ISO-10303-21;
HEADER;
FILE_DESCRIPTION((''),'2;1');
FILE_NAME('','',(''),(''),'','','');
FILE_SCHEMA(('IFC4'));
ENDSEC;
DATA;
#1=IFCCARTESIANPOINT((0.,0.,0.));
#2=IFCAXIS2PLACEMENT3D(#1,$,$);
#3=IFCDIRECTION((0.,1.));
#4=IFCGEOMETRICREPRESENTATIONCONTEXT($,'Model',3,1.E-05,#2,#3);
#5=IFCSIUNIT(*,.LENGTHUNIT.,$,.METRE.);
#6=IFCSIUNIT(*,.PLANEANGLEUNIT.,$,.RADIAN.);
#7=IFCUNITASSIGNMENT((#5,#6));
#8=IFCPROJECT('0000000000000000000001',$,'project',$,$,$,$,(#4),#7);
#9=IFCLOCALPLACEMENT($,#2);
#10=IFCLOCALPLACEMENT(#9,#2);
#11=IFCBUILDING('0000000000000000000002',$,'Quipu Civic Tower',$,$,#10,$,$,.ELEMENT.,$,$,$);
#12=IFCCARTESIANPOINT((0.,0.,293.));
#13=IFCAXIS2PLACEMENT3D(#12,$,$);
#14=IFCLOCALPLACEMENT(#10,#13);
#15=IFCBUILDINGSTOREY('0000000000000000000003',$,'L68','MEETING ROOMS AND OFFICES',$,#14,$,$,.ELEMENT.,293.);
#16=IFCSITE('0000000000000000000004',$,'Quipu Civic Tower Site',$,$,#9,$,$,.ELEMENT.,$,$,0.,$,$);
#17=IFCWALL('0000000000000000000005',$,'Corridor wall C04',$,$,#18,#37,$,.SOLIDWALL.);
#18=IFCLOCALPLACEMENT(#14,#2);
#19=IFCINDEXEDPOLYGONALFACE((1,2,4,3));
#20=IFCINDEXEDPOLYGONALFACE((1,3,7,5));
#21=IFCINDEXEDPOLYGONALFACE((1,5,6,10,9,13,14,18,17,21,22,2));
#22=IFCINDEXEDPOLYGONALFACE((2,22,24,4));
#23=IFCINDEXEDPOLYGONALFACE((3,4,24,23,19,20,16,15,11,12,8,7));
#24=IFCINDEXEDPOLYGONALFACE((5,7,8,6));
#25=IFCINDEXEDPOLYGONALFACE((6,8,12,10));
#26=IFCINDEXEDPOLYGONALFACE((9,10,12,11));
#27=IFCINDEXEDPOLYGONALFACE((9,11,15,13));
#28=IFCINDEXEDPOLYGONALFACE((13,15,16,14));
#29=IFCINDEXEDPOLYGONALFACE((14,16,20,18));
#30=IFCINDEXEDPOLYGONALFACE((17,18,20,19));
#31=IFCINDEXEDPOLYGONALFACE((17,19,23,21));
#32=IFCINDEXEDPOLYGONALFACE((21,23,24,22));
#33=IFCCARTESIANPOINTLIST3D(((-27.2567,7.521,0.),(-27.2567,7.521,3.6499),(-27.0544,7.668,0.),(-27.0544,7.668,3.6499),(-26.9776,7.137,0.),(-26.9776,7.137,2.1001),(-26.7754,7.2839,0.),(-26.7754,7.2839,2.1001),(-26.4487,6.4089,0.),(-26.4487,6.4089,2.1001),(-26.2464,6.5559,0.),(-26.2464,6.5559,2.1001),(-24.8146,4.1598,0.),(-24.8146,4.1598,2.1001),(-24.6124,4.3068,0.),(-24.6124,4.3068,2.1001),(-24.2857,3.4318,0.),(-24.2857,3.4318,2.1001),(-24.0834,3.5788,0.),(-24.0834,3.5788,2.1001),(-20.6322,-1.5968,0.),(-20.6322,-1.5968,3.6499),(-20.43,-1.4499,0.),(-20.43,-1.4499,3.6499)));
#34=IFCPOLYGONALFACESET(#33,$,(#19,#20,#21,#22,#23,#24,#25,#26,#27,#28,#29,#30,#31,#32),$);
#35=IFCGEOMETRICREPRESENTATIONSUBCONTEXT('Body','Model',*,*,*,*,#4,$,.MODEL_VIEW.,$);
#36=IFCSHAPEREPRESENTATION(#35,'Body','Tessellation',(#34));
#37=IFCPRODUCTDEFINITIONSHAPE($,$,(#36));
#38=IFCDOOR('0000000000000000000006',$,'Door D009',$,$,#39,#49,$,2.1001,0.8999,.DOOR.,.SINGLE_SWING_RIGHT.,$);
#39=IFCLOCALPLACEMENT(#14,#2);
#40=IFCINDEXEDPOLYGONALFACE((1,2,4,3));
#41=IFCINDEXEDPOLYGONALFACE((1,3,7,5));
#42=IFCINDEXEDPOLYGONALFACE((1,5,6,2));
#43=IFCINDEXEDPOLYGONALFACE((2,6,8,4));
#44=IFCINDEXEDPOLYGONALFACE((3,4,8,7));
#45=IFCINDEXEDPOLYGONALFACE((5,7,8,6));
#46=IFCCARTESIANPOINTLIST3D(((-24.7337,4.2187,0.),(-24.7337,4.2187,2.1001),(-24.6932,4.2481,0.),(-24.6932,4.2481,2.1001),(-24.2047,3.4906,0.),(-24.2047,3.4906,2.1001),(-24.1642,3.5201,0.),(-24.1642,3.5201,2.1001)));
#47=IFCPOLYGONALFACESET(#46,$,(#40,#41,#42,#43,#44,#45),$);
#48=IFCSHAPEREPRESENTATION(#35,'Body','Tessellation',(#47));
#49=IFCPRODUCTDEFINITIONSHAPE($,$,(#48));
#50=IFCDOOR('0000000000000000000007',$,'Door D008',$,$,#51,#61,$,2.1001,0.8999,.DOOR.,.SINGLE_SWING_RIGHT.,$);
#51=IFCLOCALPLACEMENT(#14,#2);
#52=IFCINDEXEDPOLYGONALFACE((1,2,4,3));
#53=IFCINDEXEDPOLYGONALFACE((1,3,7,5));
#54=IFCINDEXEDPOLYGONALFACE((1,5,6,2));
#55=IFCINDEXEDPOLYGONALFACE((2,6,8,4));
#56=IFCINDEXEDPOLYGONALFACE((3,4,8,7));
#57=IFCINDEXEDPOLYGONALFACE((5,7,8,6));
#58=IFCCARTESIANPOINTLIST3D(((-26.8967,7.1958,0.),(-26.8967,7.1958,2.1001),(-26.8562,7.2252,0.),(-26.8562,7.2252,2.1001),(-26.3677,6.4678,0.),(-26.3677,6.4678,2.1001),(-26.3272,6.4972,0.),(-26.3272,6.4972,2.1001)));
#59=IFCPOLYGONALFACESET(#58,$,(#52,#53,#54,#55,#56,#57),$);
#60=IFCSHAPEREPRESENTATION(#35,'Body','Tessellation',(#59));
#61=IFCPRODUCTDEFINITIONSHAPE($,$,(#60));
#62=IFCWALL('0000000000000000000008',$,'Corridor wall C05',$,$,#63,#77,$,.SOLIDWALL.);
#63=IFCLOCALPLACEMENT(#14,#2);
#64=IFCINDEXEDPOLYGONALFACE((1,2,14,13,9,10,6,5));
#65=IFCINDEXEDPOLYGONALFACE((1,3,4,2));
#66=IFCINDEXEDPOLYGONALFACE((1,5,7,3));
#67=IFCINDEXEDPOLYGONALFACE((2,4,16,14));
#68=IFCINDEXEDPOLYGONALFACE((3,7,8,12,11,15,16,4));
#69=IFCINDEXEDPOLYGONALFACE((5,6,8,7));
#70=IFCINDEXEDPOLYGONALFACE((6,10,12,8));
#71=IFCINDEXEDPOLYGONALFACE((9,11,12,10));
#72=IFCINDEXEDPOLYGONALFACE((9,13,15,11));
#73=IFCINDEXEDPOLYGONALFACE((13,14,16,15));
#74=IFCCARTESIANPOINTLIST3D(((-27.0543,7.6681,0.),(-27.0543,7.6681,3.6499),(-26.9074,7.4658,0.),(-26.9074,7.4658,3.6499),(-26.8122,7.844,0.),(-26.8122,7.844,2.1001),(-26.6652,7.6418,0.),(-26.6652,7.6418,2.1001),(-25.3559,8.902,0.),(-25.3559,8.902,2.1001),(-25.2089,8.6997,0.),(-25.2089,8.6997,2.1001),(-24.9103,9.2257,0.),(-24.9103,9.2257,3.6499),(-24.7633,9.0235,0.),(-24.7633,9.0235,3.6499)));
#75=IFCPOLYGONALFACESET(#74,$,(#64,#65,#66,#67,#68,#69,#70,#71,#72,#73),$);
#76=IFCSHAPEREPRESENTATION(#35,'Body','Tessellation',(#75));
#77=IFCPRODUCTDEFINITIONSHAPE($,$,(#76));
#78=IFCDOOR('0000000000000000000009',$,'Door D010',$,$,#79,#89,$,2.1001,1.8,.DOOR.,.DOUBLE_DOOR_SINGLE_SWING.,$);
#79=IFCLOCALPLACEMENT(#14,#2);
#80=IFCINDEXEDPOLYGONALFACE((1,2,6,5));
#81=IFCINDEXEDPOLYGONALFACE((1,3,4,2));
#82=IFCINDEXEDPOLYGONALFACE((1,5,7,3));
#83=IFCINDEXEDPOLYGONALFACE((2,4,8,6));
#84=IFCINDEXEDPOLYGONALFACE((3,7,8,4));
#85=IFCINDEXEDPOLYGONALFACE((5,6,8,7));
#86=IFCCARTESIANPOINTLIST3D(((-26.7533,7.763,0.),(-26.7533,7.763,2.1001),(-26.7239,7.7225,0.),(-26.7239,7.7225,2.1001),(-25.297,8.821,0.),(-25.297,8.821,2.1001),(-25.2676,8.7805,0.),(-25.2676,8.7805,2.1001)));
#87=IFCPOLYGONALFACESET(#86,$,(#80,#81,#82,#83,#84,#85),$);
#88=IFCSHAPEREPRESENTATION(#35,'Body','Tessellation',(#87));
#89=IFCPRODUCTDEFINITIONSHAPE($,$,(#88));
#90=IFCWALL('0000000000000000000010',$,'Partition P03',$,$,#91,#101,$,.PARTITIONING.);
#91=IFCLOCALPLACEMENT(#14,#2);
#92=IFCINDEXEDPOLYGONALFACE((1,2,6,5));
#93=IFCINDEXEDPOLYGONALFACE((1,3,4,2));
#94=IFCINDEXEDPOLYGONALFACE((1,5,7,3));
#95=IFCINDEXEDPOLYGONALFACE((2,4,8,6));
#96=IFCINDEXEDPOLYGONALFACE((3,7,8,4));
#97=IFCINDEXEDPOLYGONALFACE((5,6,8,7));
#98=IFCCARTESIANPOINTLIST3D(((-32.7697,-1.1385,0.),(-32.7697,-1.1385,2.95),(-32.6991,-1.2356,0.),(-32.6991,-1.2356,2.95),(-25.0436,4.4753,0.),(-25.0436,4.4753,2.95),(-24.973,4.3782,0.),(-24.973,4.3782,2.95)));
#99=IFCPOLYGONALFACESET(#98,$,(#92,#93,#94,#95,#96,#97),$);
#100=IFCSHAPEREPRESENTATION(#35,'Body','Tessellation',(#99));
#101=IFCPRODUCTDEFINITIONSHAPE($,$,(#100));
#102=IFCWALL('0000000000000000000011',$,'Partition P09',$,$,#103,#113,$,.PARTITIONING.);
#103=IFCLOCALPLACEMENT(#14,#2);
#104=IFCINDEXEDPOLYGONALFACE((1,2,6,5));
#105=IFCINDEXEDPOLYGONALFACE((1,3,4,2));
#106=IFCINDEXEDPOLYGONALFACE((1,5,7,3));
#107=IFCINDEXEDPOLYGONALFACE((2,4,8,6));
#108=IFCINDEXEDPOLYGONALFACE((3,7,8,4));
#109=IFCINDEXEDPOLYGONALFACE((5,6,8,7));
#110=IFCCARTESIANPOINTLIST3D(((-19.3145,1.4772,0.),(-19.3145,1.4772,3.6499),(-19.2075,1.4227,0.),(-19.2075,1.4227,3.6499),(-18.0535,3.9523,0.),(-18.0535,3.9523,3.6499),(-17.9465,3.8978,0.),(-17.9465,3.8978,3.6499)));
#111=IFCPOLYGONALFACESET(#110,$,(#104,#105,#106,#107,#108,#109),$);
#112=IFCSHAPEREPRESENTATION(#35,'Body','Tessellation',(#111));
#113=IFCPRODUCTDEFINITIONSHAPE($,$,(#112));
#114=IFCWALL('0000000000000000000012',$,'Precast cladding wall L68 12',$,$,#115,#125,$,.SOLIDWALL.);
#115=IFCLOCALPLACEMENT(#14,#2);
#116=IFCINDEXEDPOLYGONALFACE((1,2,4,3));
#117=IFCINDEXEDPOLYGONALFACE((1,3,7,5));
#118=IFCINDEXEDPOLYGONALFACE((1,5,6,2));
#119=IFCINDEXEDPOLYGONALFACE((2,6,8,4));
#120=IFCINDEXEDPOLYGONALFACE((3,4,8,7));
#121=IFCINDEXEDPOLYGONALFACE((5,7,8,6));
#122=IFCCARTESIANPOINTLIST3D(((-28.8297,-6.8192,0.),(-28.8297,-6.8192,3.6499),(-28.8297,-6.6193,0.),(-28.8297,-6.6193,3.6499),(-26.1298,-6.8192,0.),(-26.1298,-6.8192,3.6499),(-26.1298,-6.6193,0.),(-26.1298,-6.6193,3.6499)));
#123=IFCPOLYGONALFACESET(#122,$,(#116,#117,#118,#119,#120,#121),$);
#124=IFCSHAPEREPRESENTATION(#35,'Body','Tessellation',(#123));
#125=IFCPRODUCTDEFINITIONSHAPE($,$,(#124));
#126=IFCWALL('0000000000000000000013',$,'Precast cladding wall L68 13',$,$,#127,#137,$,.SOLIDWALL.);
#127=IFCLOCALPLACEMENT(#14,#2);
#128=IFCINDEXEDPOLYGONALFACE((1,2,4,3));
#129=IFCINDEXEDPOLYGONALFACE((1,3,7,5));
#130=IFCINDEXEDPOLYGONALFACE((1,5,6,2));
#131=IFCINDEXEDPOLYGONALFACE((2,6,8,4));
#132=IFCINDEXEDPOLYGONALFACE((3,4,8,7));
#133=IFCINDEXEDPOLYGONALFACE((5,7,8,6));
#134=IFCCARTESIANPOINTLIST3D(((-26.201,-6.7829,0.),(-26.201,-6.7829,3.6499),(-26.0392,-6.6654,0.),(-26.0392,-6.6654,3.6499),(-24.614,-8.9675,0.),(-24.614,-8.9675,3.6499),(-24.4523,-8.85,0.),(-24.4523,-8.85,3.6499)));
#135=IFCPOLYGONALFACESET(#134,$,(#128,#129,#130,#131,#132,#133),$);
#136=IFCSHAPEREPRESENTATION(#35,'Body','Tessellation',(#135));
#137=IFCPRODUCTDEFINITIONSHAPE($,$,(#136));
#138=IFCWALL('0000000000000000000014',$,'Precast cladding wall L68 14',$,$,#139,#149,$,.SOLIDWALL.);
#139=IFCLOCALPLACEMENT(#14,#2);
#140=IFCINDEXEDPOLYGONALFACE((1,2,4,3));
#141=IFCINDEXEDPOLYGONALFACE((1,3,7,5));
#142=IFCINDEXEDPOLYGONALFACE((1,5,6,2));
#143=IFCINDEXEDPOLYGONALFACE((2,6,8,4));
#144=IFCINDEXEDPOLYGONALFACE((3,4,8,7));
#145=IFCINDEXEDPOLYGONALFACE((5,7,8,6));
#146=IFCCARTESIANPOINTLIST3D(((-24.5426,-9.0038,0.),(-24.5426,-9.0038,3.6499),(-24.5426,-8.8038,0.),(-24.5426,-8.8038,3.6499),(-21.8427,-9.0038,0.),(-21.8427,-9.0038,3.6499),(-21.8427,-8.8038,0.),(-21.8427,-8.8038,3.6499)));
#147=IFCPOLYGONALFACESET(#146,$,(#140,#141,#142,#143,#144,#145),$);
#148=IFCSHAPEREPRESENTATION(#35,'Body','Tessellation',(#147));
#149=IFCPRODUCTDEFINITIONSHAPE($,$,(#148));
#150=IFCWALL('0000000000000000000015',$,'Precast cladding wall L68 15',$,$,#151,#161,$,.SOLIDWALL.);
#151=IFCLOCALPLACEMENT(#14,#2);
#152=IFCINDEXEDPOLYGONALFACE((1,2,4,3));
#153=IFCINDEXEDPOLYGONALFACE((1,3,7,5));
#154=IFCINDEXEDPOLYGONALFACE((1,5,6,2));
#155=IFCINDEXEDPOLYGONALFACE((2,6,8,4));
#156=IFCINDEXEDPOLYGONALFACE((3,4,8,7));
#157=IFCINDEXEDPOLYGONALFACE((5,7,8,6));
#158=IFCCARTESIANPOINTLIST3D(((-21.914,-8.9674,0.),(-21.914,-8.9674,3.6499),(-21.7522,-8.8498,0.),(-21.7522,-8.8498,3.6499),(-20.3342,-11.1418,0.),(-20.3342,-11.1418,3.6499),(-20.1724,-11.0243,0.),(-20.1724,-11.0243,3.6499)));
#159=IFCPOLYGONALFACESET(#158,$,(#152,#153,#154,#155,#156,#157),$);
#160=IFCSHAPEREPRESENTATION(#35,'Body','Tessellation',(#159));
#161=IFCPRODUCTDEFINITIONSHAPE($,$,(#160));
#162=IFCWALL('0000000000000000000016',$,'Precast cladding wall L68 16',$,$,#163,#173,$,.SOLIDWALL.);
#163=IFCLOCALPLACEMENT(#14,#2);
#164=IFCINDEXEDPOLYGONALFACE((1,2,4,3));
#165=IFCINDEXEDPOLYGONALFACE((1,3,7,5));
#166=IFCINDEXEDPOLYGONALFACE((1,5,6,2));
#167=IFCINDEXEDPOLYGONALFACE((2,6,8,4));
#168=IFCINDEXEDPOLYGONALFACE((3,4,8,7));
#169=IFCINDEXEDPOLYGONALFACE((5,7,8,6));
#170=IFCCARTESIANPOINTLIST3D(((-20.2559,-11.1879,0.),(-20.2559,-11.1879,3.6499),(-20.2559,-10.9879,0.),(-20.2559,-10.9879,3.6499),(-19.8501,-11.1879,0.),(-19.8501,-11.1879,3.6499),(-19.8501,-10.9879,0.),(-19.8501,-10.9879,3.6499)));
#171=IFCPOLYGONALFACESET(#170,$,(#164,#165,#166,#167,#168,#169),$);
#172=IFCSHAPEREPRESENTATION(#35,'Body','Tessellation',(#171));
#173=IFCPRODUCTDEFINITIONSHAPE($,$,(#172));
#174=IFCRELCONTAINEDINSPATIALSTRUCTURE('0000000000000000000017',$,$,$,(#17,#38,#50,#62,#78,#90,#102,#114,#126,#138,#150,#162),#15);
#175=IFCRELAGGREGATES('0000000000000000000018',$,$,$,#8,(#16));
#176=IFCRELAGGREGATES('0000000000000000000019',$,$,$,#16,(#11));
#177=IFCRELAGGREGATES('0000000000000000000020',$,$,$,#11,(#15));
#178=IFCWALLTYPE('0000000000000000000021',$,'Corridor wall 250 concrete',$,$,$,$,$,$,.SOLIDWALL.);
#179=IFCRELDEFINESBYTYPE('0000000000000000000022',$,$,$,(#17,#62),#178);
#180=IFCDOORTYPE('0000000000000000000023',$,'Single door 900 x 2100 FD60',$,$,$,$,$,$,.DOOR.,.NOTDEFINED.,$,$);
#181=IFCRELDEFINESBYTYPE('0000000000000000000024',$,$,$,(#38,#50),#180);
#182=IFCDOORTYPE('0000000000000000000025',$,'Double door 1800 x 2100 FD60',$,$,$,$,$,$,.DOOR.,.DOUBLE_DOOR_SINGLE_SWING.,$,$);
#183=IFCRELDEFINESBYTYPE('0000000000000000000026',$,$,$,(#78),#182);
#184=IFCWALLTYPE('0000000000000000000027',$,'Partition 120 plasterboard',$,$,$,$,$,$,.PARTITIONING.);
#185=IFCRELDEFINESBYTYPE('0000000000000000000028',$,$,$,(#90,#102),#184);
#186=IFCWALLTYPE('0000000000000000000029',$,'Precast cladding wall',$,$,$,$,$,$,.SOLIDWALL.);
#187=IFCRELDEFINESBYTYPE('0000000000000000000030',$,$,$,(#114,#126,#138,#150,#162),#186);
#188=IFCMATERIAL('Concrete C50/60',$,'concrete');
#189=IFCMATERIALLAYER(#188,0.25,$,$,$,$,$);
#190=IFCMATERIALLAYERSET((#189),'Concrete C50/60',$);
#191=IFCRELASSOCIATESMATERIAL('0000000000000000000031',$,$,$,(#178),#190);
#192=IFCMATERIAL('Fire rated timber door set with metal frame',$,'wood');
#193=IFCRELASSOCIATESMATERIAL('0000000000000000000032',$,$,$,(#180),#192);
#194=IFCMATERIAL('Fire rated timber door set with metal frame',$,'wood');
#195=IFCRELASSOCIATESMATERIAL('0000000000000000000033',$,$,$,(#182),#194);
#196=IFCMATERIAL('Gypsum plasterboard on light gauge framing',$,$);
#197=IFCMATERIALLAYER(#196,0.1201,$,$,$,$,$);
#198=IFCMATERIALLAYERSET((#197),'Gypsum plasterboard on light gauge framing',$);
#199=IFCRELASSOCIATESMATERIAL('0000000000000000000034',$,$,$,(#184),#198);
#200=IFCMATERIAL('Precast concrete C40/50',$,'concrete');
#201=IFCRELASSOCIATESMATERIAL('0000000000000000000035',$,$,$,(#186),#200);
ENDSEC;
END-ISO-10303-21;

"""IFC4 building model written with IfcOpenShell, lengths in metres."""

from ifc_helpers import new_model, si_unit, direction, frame, frame_2d, origin, place, context, subcontext, project, spatial, rectangle, extrude, material, layer, layer_set, type_object, element, fill, save


model = new_model("IFC4")

# Units and contexts
model_context = context("Model", 3, precision=1e-05, world=origin(), true_north=direction((0.0, 1.0)))
body_context = subcontext(model_context, "Body", "Model", "MODEL_VIEW")
ifc_project = project(units=[si_unit("LENGTHUNIT", "METRE"), si_unit("PLANEANGLEUNIT", "RADIAN")], contexts=[model_context])

# Site, building, storey
site_placement = place(None, origin())
site = spatial("IfcSite", under=ifc_project, at=site_placement, Name="Quipu Civic Tower Site", CompositionType="ELEMENT", RefElevation=0.0)
building_placement = place(site_placement, origin())
building = spatial("IfcBuilding", under=site, at=building_placement, Name="Quipu Civic Tower", CompositionType="ELEMENT")
storey_placement = place(building_placement, frame((0.0, 0.0, 293.0)))
storey = spatial("IfcBuildingStorey", under=building, at=storey_placement, Name="L68", Description="MEETING ROOMS AND OFFICES", CompositionType="ELEMENT", Elevation=293.0)

# Wall, openings, doors
ifc_material_1 = material(Name="Concrete C50/60", Category="concrete")
ifc_layer_1 = layer(ifc_material_1, 0.25)
ifc_layer_set_1 = layer_set([ifc_layer_1], Name="Concrete C50/60")
wall_type_1 = type_object("IfcWallType", Name="Corridor wall 250 concrete", PredefinedType="SOLIDWALL", material=ifc_layer_set_1)
wall_1_placement = place(storey_placement, frame((-20.531, -1.5234, 0.0), z_axis=(0.0, 0.0, 1.0), x_axis=(-0.587783, 0.809019, 0.0)))
wall_1 = element("IfcWall", 1, at=wall_1_placement, inside=storey, type_object=wall_type_1, Name="Corridor wall C04", PredefinedType="SOLIDWALL", context=body_context, shape_type="SweptSolid", body=[
    extrude(rectangle(XDim=11.2703, YDim=0.25, at=frame_2d((5.6353, 0.0))), origin(), (0.0, 0.0, 1.0), 3.6499),
])
opening_1_placement = place(wall_1_placement, frame((6.2158, 0.0, 0.0)))
opening_1 = element("IfcOpeningElement", 2, at=opening_1_placement, cuts=wall_1, PredefinedType="OPENING", context=body_context, shape_type="SweptSolid", body=[
    extrude(rectangle(XDim=0.8999, YDim=2.1001, at=frame_2d((0.45, 1.05))), frame((0.0, 0.135, 0.0), z_axis=(0.0, -1.0, 0.0), x_axis=(1.0, 0.0, 0.0)), (0.0, 0.0, 1.0), 0.27),
])
opening_2_placement = place(wall_1_placement, frame((9.8958, 0.0, 0.0)))
opening_2 = element("IfcOpeningElement", 3, at=opening_2_placement, cuts=wall_1, PredefinedType="OPENING", context=body_context, shape_type="SweptSolid", body=[
    extrude(rectangle(XDim=0.8999, YDim=2.1001, at=frame_2d((0.45, 1.05))), frame((0.0, 0.135, 0.0), z_axis=(0.0, -1.0, 0.0), x_axis=(1.0, 0.0, 0.0)), (0.0, 0.0, 1.0), 0.27),
])
ifc_material_2 = material(Name="Fire rated timber door set with metal frame", Category="wood")
door_type_1 = type_object("IfcDoorType", Name="Single door 900 x 2100 FD60", OperationType="NOTDEFINED", PredefinedType="DOOR", material=ifc_material_2)
door_1_placement = place(opening_1_placement, origin())
door_1 = element("IfcDoor", 4, at=door_1_placement, inside=storey, type_object=door_type_1, Name="Door D009", OperationType="SINGLE_SWING_RIGHT", OverallHeight=2.1001, OverallWidth=0.8999, PredefinedType="DOOR", context=body_context, shape_type="SweptSolid", body=[
    extrude(rectangle(XDim=0.8999, YDim=2.1001, at=frame_2d((0.45, 1.05))), frame((0.0, 0.0249, 0.0), z_axis=(0.0, -1.0, 0.0), x_axis=(1.0, 0.0, 0.0)), (0.0, 0.0, 1.0), 0.05),
])
fill(opening_1, door_1)
door_2_placement = place(opening_2_placement, origin())
door_2 = element("IfcDoor", 5, at=door_2_placement, inside=storey, type_object=door_type_1, Name="Door D008", OperationType="SINGLE_SWING_RIGHT", OverallHeight=2.1001, OverallWidth=0.8999, PredefinedType="DOOR", context=body_context, shape_type="SweptSolid", body=[
    extrude(rectangle(XDim=0.8999, YDim=2.1001, at=frame_2d((0.45, 1.05))), frame((0.0, 0.0249, 0.0), z_axis=(0.0, -1.0, 0.0), x_axis=(1.0, 0.0, 0.0)), (0.0, 0.0, 1.0), 0.05),
])
fill(opening_2, door_2)

# Wall, opening, door
wall_2_placement = place(storey_placement, frame((-26.981, 7.5669, 0.0), z_axis=(0.0, 0.0, 1.0), x_axis=(0.809039, 0.587755, 0.0)))
wall_2 = element("IfcWall", 6, at=wall_2_placement, inside=storey, type_object=wall_type_1, Name="Corridor wall C05", PredefinedType="SOLIDWALL", context=body_context, shape_type="SweptSolid", body=[
    extrude(rectangle(XDim=2.6501, YDim=0.25, at=frame_2d((1.3252, 0.0))), origin(), (0.0, 0.0, 1.0), 3.6499),
])
opening_3_placement = place(wall_2_placement, frame((0.2996, 0.0, 0.0)))
opening_3 = element("IfcOpeningElement", 7, at=opening_3_placement, cuts=wall_2, PredefinedType="OPENING", context=body_context, shape_type="SweptSolid", body=[
    extrude(rectangle(XDim=1.8, YDim=2.1001, at=frame_2d((0.8999, 1.05))), frame((0.0, 0.135, 0.0), z_axis=(0.0, -1.0, 0.0), x_axis=(1.0, 0.0, 0.0)), (0.0, 0.0, 1.0), 0.27),
])
ifc_material_3 = material(Name="Fire rated timber door set with metal frame", Category="wood")
door_type_2 = type_object("IfcDoorType", Name="Double door 1800 x 2100 FD60", OperationType="DOUBLE_DOOR_SINGLE_SWING", PredefinedType="DOOR", material=ifc_material_3)
door_3_placement = place(opening_3_placement, origin())
door_3 = element("IfcDoor", 8, at=door_3_placement, inside=storey, type_object=door_type_2, Name="Door D010", OperationType="DOUBLE_DOOR_SINGLE_SWING", OverallHeight=2.1001, OverallWidth=1.8, PredefinedType="DOOR", context=body_context, shape_type="SweptSolid", body=[
    extrude(rectangle(XDim=1.8, YDim=2.1001, at=frame_2d((0.8999, 1.05))), frame((0.0, 0.0249, 0.0), z_axis=(0.0, -1.0, 0.0), x_axis=(1.0, 0.0, 0.0)), (0.0, 0.0, 1.0), 0.05),
])
fill(opening_3, door_3)

# Walls
ifc_material_4 = material(Name="Gypsum plasterboard on light gauge framing")
ifc_layer_2 = layer(ifc_material_4, 0.1201)
ifc_layer_set_2 = layer_set([ifc_layer_2], Name="Gypsum plasterboard on light gauge framing")
wall_type_2 = type_object("IfcWallType", Name="Partition 120 plasterboard", PredefinedType="PARTITIONING", material=ifc_layer_set_2)
wall_3_placement = place(storey_placement, frame((-25.0083, 4.4268, 0.0), z_axis=(0.0, 0.0, 1.0), x_axis=(-0.808995, -0.587816, 0.0)))
element("IfcWall", 9, at=wall_3_placement, inside=storey, type_object=wall_type_2, Name="Partition P03", PredefinedType="PARTITIONING", context=body_context, shape_type="SweptSolid", body=[
    extrude(rectangle(XDim=9.5503, YDim=0.1201, at=frame_2d((4.7751, 0.0))), origin(), (0.0, 0.0, 1.0), 2.95),
])
wall_4_placement = place(storey_placement, frame((-19.261, 1.45, 0.0), z_axis=(0.0, 0.0, 1.0), x_axis=(0.453951, 0.891027, 0.0)))
element("IfcWall", 10, at=wall_4_placement, inside=storey, type_object=wall_type_2, Name="Partition P09", PredefinedType="PARTITIONING", context=body_context, shape_type="SweptSolid", body=[
    extrude(rectangle(XDim=2.7778, YDim=0.1201, at=frame_2d((1.3889, 0.0))), origin(), (0.0, 0.0, 1.0), 3.6499),
])
ifc_material_5 = material(Name="Precast concrete C40/50", Category="concrete")
wall_type_3 = type_object("IfcWallType", Name="Precast cladding wall", PredefinedType="SOLIDWALL", material=ifc_material_5)
wall_5_placement = place(storey_placement, frame((-28.8298, -6.7192, 0.0), z_axis=(0.0, 0.0, 1.0), x_axis=(1.0, 0.0, 0.0)))
element("IfcWall", 11, at=wall_5_placement, inside=storey, type_object=wall_type_3, Name="Precast cladding wall L68 12", PredefinedType="SOLIDWALL", context=body_context, shape_type="SweptSolid", body=[
    extrude(rectangle(XDim=2.7, YDim=0.2, at=frame_2d((1.3501, 0.0))), origin(), (0.0, 0.0, 1.0), 3.6499),
])
wall_6_placement = place(storey_placement, frame((-26.1201, -6.7241, 0.0), z_axis=(0.0, 0.0, 1.0), x_axis=(0.58772, -0.809064, 0.0)))
element("IfcWall", 12, at=wall_6_placement, inside=storey, type_object=wall_type_3, Name="Precast cladding wall L68 13", PredefinedType="SOLIDWALL", context=body_context, shape_type="SweptSolid", body=[
    extrude(rectangle(XDim=2.7002, YDim=0.2, at=frame_2d((1.3501, 0.0))), origin(), (0.0, 0.0, 1.0), 3.6499),
])
wall_7_placement = place(storey_placement, frame((-24.5427, -8.9038, 0.0), z_axis=(0.0, 0.0, 1.0), x_axis=(1.0, 0.0, 0.0)))
element("IfcWall", 13, at=wall_7_placement, inside=storey, type_object=wall_type_3, Name="Precast cladding wall L68 14", PredefinedType="SOLIDWALL", context=body_context, shape_type="SweptSolid", body=[
    extrude(rectangle(XDim=2.7, YDim=0.2, at=frame_2d((1.3501, 0.0))), origin(), (0.0, 0.0, 1.0), 3.6499),
])
wall_8_placement = place(storey_placement, frame((-21.833, -8.9087, 0.0), z_axis=(0.0, 0.0, 1.0), x_axis=(0.587767, -0.809031, 0.0)))
element("IfcWall", 14, at=wall_8_placement, inside=storey, type_object=wall_type_3, Name="Precast cladding wall L68 15", PredefinedType="SOLIDWALL", context=body_context, shape_type="SweptSolid", body=[
    extrude(rectangle(XDim=2.6877, YDim=0.2, at=frame_2d((1.3438, 0.0))), origin(), (0.0, 0.0, 1.0), 3.6499),
])
wall_9_placement = place(storey_placement, frame((-20.2559, -11.0879, 0.0), z_axis=(0.0, 0.0, 1.0), x_axis=(1.0, 0.0, 0.0)))
element("IfcWall", 15, at=wall_9_placement, inside=storey, type_object=wall_type_3, Name="Precast cladding wall L68 16", PredefinedType="SOLIDWALL", context=body_context, shape_type="SweptSolid", body=[
    extrude(rectangle(XDim=0.4058, YDim=0.2, at=frame_2d((0.2029, 0.0))), origin(), (0.0, 0.0, 1.0), 3.6499),
])

save(model, "model.ifc")
